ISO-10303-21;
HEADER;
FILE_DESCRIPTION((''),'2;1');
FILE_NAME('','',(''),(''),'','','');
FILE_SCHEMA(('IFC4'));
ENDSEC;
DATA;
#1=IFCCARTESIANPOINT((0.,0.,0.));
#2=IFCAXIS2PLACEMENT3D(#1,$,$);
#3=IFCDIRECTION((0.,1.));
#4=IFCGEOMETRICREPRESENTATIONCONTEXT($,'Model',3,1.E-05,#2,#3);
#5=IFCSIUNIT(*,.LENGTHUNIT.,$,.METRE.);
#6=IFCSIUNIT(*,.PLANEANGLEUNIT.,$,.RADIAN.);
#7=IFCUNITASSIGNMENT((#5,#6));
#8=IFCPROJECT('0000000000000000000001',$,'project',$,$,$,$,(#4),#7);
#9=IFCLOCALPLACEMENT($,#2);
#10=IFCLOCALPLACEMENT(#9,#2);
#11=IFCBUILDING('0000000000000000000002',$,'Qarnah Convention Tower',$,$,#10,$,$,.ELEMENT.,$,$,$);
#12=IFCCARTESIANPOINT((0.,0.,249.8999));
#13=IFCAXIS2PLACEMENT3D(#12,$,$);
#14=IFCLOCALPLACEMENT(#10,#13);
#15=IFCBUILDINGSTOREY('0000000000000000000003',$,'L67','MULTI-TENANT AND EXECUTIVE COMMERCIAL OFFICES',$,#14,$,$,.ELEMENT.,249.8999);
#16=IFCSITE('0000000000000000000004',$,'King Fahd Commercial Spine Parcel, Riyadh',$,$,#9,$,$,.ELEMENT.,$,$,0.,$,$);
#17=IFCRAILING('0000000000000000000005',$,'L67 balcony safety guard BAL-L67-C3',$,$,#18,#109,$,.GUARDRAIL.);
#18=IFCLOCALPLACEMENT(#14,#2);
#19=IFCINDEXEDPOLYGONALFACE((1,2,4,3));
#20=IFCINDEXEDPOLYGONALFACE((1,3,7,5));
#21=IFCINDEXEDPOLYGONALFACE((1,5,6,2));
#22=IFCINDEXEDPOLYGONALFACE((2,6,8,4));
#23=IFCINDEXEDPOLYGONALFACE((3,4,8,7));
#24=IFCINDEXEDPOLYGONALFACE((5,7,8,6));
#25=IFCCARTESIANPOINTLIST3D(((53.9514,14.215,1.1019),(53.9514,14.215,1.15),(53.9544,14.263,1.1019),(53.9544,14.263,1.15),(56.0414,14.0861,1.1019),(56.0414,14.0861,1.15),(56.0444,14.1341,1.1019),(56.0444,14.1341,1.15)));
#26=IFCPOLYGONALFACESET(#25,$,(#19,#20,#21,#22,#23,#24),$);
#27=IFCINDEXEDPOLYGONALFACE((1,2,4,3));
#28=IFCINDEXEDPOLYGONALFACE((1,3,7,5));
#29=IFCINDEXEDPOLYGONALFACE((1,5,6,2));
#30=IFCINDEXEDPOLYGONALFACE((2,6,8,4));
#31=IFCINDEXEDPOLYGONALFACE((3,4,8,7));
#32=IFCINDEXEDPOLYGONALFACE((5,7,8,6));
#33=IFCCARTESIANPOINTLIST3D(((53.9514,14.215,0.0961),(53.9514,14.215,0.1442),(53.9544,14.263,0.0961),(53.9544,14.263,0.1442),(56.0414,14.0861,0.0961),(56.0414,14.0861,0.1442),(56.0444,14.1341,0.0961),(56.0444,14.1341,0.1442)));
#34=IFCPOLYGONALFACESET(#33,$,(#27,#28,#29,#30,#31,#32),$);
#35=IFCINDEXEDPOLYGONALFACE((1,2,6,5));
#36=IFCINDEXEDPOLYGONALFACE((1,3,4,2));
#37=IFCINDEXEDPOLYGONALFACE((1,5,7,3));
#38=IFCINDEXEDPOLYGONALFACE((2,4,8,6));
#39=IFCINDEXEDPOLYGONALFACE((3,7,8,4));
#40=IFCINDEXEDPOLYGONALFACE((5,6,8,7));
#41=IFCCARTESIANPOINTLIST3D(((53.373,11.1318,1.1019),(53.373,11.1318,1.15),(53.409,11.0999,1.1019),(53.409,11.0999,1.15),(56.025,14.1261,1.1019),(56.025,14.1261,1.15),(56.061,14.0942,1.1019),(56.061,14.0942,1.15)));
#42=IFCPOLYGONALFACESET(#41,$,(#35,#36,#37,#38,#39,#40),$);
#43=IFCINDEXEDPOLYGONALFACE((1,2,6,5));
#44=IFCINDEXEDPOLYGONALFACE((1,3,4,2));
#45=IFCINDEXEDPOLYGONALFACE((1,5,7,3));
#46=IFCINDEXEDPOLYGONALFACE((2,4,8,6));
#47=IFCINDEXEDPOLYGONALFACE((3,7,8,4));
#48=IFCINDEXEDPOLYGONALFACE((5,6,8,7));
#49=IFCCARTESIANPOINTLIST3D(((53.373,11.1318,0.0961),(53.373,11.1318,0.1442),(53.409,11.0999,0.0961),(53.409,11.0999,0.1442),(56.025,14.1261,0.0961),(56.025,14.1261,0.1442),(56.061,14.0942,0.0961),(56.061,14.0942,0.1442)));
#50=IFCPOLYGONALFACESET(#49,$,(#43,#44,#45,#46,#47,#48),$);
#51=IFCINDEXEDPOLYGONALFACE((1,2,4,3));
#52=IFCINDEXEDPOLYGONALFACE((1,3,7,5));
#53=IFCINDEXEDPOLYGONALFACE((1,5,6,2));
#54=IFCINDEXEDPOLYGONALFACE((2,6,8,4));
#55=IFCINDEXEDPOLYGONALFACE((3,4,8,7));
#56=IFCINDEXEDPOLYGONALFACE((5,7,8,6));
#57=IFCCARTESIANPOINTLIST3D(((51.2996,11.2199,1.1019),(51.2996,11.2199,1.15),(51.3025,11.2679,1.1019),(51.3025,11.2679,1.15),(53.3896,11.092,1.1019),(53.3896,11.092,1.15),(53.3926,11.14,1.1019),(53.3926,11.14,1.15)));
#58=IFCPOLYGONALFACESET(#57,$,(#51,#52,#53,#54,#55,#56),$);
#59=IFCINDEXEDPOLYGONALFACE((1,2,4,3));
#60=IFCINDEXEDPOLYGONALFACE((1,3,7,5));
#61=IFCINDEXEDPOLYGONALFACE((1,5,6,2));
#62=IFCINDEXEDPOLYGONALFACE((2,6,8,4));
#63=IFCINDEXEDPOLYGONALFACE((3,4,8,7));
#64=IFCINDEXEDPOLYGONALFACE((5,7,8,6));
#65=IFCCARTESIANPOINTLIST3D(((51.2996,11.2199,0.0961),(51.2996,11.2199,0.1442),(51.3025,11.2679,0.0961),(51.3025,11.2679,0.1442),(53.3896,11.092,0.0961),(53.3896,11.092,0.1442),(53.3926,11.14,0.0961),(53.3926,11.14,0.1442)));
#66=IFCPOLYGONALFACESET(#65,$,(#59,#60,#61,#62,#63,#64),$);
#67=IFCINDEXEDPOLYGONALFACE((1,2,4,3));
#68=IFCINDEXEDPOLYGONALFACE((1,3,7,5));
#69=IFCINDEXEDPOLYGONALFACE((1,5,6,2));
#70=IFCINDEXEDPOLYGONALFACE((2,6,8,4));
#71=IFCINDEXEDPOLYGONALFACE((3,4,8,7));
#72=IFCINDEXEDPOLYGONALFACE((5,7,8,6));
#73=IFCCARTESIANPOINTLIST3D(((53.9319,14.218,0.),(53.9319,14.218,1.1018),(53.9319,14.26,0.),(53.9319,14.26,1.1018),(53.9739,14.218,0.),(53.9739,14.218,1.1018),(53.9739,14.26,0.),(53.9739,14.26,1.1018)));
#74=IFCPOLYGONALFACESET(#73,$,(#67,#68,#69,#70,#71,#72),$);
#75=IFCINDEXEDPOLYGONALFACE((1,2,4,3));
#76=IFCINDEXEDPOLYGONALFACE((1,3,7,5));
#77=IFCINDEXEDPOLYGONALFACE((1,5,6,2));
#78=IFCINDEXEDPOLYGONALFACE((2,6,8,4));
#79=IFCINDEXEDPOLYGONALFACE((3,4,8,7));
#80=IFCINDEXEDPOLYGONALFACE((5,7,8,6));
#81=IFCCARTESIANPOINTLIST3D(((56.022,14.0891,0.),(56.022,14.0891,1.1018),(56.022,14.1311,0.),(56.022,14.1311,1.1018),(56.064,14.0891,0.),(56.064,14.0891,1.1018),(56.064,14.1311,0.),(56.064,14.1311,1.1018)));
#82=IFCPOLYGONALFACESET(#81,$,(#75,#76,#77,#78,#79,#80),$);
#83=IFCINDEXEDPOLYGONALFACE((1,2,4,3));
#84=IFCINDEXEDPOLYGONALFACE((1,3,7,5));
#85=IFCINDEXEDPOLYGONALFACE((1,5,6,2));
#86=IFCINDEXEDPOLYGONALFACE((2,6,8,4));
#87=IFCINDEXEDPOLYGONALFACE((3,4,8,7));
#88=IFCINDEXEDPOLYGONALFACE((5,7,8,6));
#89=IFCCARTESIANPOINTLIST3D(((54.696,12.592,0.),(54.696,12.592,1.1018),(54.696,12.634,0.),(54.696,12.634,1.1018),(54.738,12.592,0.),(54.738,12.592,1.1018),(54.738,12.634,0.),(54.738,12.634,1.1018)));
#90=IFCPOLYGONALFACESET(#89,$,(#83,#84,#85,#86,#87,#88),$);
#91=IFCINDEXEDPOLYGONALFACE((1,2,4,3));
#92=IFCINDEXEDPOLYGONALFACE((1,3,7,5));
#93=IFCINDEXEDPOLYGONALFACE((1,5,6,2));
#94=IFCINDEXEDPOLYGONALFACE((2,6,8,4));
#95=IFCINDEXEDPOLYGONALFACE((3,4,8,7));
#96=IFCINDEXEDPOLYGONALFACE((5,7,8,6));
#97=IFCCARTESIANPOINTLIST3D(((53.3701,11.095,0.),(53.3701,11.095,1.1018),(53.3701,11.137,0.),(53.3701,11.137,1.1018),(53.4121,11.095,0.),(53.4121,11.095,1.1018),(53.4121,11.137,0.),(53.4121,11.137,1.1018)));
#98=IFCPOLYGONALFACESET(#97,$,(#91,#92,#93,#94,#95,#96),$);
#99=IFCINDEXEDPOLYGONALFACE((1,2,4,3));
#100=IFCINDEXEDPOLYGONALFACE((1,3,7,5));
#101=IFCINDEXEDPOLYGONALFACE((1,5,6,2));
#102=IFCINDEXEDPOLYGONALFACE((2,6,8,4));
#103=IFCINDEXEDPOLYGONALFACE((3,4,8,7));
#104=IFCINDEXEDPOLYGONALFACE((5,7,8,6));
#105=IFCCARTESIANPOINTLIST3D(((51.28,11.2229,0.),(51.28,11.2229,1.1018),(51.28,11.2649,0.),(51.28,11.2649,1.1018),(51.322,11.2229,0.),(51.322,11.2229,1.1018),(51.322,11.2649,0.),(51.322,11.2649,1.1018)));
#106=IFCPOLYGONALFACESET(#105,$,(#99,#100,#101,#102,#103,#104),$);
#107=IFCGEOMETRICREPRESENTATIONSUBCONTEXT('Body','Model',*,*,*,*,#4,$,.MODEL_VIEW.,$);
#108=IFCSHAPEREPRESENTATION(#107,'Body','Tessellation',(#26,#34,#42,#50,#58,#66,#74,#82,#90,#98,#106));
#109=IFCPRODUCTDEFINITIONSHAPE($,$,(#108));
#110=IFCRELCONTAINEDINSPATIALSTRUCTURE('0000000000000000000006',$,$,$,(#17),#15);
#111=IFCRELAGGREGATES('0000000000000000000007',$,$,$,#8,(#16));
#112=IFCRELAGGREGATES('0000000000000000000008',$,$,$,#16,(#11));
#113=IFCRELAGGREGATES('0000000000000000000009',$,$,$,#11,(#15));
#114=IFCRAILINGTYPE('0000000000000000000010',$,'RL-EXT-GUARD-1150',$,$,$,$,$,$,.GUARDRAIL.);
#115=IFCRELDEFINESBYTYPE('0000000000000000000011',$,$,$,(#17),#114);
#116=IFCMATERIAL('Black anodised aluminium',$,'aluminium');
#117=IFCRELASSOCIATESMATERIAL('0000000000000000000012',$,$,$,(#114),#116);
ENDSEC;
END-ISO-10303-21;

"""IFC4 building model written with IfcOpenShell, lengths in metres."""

from ifc_helpers import new_model, si_unit, direction, frame, origin, origin_2d, place, context, subcontext, project, spatial, rectangle, extrude, material, type_object, element, save


model = new_model("IFC4")

# Units and contexts
model_context = context("Model", 3, precision=1e-05, world=origin(), true_north=direction((0.0, 1.0)))
body_context = subcontext(model_context, "Body", "Model", "MODEL_VIEW")
ifc_project = project(units=[si_unit("LENGTHUNIT", "METRE"), si_unit("PLANEANGLEUNIT", "RADIAN")], contexts=[model_context])

# Site, building, storey
site_placement = place(None, origin())
site = spatial("IfcSite", under=ifc_project, at=site_placement, Name="King Fahd Commercial Spine Parcel, Riyadh", CompositionType="ELEMENT", RefElevation=0.0)
building_placement = place(site_placement, origin())
building = spatial("IfcBuilding", under=site, at=building_placement, Name="Qarnah Convention Tower", CompositionType="ELEMENT")
storey_placement = place(building_placement, frame((0.0, 0.0, 249.8999)))
storey = spatial("IfcBuildingStorey", under=building, at=storey_placement, Name="L67", Description="MULTI-TENANT AND EXECUTIVE COMMERCIAL OFFICES", CompositionType="ELEMENT", Elevation=249.8999)

# Shared definitions
ifc_material_1 = material(Name="Black anodised aluminium", Category="aluminium")

# Railing
railing_type = type_object("IfcRailingType", Name="RL-EXT-GUARD-1150", PredefinedType="GUARDRAIL", material=ifc_material_1)
railing_1_placement = place(storey_placement, frame((53.9529, 14.239, 0.0)))
element("IfcRailing", 1, at=railing_1_placement, inside=storey, type_object=railing_type, Name="L67 balcony safety guard BAL-L67-C3", PredefinedType="GUARDRAIL", context=body_context, shape_type="SweptSolid", body=[
    extrude(rectangle(XDim=0.0481, YDim=0.0481, at=origin_2d()), frame((0.0, 0.0, 1.126), z_axis=(0.998104, -0.061558, 0.0), x_axis=(0.061558, 0.998104, 0.0)), (0.0, 0.0, 1.0), 2.094),
    extrude(rectangle(XDim=0.0481, YDim=0.0481, at=origin_2d()), frame((0.0, 0.0, 0.1201), z_axis=(0.998104, -0.061558, 0.0), x_axis=(0.061558, 0.998104, 0.0)), (0.0, 0.0, 1.0), 2.094),
    extrude(rectangle(XDim=0.0481, YDim=0.0481, at=origin_2d()), frame((2.0901, -0.1289, 1.126), z_axis=(-0.663022, -0.7486, 0.0), x_axis=(0.7486, -0.663022, 0.0)), (0.0, 0.0, 1.0), 3.9998),
    extrude(rectangle(XDim=0.0481, YDim=0.0481, at=origin_2d()), frame((2.0901, -0.1289, 0.1201), z_axis=(-0.663022, -0.7486, 0.0), x_axis=(0.7486, -0.663022, 0.0)), (0.0, 0.0, 1.0), 3.9998),
    extrude(rectangle(XDim=0.0481, YDim=0.0481, at=origin_2d()), frame((-0.5618, -3.123, 1.126), z_axis=(-0.998132, 0.061093, 0.0), x_axis=(-0.061093, -0.998132, 0.0)), (0.0, 0.0, 1.0), 2.094),
    extrude(rectangle(XDim=0.0481, YDim=0.0481, at=origin_2d()), frame((-0.5618, -3.123, 0.1201), z_axis=(-0.998132, 0.061093, 0.0), x_axis=(-0.061093, -0.998132, 0.0)), (0.0, 0.0, 1.0), 2.094),
    extrude(rectangle(XDim=0.042, YDim=0.042, at=origin_2d()), origin(), (0.0, 0.0, 1.0), 1.1018),
    extrude(rectangle(XDim=0.042, YDim=0.042, at=origin_2d()), frame((2.0901, -0.1289, 0.0)), (0.0, 0.0, 1.0), 1.1018),
    extrude(rectangle(XDim=0.042, YDim=0.042, at=origin_2d()), frame((0.7642, -1.626, 0.0)), (0.0, 0.0, 1.0), 1.1018),
    extrude(rectangle(XDim=0.042, YDim=0.042, at=origin_2d()), frame((-0.5618, -3.123, 0.0)), (0.0, 0.0, 1.0), 1.1018),
    extrude(rectangle(XDim=0.042, YDim=0.042, at=origin_2d()), frame((-2.6519, -2.9951, 0.0)), (0.0, 0.0, 1.0), 1.1018),
])

save(model, "model.ifc")
